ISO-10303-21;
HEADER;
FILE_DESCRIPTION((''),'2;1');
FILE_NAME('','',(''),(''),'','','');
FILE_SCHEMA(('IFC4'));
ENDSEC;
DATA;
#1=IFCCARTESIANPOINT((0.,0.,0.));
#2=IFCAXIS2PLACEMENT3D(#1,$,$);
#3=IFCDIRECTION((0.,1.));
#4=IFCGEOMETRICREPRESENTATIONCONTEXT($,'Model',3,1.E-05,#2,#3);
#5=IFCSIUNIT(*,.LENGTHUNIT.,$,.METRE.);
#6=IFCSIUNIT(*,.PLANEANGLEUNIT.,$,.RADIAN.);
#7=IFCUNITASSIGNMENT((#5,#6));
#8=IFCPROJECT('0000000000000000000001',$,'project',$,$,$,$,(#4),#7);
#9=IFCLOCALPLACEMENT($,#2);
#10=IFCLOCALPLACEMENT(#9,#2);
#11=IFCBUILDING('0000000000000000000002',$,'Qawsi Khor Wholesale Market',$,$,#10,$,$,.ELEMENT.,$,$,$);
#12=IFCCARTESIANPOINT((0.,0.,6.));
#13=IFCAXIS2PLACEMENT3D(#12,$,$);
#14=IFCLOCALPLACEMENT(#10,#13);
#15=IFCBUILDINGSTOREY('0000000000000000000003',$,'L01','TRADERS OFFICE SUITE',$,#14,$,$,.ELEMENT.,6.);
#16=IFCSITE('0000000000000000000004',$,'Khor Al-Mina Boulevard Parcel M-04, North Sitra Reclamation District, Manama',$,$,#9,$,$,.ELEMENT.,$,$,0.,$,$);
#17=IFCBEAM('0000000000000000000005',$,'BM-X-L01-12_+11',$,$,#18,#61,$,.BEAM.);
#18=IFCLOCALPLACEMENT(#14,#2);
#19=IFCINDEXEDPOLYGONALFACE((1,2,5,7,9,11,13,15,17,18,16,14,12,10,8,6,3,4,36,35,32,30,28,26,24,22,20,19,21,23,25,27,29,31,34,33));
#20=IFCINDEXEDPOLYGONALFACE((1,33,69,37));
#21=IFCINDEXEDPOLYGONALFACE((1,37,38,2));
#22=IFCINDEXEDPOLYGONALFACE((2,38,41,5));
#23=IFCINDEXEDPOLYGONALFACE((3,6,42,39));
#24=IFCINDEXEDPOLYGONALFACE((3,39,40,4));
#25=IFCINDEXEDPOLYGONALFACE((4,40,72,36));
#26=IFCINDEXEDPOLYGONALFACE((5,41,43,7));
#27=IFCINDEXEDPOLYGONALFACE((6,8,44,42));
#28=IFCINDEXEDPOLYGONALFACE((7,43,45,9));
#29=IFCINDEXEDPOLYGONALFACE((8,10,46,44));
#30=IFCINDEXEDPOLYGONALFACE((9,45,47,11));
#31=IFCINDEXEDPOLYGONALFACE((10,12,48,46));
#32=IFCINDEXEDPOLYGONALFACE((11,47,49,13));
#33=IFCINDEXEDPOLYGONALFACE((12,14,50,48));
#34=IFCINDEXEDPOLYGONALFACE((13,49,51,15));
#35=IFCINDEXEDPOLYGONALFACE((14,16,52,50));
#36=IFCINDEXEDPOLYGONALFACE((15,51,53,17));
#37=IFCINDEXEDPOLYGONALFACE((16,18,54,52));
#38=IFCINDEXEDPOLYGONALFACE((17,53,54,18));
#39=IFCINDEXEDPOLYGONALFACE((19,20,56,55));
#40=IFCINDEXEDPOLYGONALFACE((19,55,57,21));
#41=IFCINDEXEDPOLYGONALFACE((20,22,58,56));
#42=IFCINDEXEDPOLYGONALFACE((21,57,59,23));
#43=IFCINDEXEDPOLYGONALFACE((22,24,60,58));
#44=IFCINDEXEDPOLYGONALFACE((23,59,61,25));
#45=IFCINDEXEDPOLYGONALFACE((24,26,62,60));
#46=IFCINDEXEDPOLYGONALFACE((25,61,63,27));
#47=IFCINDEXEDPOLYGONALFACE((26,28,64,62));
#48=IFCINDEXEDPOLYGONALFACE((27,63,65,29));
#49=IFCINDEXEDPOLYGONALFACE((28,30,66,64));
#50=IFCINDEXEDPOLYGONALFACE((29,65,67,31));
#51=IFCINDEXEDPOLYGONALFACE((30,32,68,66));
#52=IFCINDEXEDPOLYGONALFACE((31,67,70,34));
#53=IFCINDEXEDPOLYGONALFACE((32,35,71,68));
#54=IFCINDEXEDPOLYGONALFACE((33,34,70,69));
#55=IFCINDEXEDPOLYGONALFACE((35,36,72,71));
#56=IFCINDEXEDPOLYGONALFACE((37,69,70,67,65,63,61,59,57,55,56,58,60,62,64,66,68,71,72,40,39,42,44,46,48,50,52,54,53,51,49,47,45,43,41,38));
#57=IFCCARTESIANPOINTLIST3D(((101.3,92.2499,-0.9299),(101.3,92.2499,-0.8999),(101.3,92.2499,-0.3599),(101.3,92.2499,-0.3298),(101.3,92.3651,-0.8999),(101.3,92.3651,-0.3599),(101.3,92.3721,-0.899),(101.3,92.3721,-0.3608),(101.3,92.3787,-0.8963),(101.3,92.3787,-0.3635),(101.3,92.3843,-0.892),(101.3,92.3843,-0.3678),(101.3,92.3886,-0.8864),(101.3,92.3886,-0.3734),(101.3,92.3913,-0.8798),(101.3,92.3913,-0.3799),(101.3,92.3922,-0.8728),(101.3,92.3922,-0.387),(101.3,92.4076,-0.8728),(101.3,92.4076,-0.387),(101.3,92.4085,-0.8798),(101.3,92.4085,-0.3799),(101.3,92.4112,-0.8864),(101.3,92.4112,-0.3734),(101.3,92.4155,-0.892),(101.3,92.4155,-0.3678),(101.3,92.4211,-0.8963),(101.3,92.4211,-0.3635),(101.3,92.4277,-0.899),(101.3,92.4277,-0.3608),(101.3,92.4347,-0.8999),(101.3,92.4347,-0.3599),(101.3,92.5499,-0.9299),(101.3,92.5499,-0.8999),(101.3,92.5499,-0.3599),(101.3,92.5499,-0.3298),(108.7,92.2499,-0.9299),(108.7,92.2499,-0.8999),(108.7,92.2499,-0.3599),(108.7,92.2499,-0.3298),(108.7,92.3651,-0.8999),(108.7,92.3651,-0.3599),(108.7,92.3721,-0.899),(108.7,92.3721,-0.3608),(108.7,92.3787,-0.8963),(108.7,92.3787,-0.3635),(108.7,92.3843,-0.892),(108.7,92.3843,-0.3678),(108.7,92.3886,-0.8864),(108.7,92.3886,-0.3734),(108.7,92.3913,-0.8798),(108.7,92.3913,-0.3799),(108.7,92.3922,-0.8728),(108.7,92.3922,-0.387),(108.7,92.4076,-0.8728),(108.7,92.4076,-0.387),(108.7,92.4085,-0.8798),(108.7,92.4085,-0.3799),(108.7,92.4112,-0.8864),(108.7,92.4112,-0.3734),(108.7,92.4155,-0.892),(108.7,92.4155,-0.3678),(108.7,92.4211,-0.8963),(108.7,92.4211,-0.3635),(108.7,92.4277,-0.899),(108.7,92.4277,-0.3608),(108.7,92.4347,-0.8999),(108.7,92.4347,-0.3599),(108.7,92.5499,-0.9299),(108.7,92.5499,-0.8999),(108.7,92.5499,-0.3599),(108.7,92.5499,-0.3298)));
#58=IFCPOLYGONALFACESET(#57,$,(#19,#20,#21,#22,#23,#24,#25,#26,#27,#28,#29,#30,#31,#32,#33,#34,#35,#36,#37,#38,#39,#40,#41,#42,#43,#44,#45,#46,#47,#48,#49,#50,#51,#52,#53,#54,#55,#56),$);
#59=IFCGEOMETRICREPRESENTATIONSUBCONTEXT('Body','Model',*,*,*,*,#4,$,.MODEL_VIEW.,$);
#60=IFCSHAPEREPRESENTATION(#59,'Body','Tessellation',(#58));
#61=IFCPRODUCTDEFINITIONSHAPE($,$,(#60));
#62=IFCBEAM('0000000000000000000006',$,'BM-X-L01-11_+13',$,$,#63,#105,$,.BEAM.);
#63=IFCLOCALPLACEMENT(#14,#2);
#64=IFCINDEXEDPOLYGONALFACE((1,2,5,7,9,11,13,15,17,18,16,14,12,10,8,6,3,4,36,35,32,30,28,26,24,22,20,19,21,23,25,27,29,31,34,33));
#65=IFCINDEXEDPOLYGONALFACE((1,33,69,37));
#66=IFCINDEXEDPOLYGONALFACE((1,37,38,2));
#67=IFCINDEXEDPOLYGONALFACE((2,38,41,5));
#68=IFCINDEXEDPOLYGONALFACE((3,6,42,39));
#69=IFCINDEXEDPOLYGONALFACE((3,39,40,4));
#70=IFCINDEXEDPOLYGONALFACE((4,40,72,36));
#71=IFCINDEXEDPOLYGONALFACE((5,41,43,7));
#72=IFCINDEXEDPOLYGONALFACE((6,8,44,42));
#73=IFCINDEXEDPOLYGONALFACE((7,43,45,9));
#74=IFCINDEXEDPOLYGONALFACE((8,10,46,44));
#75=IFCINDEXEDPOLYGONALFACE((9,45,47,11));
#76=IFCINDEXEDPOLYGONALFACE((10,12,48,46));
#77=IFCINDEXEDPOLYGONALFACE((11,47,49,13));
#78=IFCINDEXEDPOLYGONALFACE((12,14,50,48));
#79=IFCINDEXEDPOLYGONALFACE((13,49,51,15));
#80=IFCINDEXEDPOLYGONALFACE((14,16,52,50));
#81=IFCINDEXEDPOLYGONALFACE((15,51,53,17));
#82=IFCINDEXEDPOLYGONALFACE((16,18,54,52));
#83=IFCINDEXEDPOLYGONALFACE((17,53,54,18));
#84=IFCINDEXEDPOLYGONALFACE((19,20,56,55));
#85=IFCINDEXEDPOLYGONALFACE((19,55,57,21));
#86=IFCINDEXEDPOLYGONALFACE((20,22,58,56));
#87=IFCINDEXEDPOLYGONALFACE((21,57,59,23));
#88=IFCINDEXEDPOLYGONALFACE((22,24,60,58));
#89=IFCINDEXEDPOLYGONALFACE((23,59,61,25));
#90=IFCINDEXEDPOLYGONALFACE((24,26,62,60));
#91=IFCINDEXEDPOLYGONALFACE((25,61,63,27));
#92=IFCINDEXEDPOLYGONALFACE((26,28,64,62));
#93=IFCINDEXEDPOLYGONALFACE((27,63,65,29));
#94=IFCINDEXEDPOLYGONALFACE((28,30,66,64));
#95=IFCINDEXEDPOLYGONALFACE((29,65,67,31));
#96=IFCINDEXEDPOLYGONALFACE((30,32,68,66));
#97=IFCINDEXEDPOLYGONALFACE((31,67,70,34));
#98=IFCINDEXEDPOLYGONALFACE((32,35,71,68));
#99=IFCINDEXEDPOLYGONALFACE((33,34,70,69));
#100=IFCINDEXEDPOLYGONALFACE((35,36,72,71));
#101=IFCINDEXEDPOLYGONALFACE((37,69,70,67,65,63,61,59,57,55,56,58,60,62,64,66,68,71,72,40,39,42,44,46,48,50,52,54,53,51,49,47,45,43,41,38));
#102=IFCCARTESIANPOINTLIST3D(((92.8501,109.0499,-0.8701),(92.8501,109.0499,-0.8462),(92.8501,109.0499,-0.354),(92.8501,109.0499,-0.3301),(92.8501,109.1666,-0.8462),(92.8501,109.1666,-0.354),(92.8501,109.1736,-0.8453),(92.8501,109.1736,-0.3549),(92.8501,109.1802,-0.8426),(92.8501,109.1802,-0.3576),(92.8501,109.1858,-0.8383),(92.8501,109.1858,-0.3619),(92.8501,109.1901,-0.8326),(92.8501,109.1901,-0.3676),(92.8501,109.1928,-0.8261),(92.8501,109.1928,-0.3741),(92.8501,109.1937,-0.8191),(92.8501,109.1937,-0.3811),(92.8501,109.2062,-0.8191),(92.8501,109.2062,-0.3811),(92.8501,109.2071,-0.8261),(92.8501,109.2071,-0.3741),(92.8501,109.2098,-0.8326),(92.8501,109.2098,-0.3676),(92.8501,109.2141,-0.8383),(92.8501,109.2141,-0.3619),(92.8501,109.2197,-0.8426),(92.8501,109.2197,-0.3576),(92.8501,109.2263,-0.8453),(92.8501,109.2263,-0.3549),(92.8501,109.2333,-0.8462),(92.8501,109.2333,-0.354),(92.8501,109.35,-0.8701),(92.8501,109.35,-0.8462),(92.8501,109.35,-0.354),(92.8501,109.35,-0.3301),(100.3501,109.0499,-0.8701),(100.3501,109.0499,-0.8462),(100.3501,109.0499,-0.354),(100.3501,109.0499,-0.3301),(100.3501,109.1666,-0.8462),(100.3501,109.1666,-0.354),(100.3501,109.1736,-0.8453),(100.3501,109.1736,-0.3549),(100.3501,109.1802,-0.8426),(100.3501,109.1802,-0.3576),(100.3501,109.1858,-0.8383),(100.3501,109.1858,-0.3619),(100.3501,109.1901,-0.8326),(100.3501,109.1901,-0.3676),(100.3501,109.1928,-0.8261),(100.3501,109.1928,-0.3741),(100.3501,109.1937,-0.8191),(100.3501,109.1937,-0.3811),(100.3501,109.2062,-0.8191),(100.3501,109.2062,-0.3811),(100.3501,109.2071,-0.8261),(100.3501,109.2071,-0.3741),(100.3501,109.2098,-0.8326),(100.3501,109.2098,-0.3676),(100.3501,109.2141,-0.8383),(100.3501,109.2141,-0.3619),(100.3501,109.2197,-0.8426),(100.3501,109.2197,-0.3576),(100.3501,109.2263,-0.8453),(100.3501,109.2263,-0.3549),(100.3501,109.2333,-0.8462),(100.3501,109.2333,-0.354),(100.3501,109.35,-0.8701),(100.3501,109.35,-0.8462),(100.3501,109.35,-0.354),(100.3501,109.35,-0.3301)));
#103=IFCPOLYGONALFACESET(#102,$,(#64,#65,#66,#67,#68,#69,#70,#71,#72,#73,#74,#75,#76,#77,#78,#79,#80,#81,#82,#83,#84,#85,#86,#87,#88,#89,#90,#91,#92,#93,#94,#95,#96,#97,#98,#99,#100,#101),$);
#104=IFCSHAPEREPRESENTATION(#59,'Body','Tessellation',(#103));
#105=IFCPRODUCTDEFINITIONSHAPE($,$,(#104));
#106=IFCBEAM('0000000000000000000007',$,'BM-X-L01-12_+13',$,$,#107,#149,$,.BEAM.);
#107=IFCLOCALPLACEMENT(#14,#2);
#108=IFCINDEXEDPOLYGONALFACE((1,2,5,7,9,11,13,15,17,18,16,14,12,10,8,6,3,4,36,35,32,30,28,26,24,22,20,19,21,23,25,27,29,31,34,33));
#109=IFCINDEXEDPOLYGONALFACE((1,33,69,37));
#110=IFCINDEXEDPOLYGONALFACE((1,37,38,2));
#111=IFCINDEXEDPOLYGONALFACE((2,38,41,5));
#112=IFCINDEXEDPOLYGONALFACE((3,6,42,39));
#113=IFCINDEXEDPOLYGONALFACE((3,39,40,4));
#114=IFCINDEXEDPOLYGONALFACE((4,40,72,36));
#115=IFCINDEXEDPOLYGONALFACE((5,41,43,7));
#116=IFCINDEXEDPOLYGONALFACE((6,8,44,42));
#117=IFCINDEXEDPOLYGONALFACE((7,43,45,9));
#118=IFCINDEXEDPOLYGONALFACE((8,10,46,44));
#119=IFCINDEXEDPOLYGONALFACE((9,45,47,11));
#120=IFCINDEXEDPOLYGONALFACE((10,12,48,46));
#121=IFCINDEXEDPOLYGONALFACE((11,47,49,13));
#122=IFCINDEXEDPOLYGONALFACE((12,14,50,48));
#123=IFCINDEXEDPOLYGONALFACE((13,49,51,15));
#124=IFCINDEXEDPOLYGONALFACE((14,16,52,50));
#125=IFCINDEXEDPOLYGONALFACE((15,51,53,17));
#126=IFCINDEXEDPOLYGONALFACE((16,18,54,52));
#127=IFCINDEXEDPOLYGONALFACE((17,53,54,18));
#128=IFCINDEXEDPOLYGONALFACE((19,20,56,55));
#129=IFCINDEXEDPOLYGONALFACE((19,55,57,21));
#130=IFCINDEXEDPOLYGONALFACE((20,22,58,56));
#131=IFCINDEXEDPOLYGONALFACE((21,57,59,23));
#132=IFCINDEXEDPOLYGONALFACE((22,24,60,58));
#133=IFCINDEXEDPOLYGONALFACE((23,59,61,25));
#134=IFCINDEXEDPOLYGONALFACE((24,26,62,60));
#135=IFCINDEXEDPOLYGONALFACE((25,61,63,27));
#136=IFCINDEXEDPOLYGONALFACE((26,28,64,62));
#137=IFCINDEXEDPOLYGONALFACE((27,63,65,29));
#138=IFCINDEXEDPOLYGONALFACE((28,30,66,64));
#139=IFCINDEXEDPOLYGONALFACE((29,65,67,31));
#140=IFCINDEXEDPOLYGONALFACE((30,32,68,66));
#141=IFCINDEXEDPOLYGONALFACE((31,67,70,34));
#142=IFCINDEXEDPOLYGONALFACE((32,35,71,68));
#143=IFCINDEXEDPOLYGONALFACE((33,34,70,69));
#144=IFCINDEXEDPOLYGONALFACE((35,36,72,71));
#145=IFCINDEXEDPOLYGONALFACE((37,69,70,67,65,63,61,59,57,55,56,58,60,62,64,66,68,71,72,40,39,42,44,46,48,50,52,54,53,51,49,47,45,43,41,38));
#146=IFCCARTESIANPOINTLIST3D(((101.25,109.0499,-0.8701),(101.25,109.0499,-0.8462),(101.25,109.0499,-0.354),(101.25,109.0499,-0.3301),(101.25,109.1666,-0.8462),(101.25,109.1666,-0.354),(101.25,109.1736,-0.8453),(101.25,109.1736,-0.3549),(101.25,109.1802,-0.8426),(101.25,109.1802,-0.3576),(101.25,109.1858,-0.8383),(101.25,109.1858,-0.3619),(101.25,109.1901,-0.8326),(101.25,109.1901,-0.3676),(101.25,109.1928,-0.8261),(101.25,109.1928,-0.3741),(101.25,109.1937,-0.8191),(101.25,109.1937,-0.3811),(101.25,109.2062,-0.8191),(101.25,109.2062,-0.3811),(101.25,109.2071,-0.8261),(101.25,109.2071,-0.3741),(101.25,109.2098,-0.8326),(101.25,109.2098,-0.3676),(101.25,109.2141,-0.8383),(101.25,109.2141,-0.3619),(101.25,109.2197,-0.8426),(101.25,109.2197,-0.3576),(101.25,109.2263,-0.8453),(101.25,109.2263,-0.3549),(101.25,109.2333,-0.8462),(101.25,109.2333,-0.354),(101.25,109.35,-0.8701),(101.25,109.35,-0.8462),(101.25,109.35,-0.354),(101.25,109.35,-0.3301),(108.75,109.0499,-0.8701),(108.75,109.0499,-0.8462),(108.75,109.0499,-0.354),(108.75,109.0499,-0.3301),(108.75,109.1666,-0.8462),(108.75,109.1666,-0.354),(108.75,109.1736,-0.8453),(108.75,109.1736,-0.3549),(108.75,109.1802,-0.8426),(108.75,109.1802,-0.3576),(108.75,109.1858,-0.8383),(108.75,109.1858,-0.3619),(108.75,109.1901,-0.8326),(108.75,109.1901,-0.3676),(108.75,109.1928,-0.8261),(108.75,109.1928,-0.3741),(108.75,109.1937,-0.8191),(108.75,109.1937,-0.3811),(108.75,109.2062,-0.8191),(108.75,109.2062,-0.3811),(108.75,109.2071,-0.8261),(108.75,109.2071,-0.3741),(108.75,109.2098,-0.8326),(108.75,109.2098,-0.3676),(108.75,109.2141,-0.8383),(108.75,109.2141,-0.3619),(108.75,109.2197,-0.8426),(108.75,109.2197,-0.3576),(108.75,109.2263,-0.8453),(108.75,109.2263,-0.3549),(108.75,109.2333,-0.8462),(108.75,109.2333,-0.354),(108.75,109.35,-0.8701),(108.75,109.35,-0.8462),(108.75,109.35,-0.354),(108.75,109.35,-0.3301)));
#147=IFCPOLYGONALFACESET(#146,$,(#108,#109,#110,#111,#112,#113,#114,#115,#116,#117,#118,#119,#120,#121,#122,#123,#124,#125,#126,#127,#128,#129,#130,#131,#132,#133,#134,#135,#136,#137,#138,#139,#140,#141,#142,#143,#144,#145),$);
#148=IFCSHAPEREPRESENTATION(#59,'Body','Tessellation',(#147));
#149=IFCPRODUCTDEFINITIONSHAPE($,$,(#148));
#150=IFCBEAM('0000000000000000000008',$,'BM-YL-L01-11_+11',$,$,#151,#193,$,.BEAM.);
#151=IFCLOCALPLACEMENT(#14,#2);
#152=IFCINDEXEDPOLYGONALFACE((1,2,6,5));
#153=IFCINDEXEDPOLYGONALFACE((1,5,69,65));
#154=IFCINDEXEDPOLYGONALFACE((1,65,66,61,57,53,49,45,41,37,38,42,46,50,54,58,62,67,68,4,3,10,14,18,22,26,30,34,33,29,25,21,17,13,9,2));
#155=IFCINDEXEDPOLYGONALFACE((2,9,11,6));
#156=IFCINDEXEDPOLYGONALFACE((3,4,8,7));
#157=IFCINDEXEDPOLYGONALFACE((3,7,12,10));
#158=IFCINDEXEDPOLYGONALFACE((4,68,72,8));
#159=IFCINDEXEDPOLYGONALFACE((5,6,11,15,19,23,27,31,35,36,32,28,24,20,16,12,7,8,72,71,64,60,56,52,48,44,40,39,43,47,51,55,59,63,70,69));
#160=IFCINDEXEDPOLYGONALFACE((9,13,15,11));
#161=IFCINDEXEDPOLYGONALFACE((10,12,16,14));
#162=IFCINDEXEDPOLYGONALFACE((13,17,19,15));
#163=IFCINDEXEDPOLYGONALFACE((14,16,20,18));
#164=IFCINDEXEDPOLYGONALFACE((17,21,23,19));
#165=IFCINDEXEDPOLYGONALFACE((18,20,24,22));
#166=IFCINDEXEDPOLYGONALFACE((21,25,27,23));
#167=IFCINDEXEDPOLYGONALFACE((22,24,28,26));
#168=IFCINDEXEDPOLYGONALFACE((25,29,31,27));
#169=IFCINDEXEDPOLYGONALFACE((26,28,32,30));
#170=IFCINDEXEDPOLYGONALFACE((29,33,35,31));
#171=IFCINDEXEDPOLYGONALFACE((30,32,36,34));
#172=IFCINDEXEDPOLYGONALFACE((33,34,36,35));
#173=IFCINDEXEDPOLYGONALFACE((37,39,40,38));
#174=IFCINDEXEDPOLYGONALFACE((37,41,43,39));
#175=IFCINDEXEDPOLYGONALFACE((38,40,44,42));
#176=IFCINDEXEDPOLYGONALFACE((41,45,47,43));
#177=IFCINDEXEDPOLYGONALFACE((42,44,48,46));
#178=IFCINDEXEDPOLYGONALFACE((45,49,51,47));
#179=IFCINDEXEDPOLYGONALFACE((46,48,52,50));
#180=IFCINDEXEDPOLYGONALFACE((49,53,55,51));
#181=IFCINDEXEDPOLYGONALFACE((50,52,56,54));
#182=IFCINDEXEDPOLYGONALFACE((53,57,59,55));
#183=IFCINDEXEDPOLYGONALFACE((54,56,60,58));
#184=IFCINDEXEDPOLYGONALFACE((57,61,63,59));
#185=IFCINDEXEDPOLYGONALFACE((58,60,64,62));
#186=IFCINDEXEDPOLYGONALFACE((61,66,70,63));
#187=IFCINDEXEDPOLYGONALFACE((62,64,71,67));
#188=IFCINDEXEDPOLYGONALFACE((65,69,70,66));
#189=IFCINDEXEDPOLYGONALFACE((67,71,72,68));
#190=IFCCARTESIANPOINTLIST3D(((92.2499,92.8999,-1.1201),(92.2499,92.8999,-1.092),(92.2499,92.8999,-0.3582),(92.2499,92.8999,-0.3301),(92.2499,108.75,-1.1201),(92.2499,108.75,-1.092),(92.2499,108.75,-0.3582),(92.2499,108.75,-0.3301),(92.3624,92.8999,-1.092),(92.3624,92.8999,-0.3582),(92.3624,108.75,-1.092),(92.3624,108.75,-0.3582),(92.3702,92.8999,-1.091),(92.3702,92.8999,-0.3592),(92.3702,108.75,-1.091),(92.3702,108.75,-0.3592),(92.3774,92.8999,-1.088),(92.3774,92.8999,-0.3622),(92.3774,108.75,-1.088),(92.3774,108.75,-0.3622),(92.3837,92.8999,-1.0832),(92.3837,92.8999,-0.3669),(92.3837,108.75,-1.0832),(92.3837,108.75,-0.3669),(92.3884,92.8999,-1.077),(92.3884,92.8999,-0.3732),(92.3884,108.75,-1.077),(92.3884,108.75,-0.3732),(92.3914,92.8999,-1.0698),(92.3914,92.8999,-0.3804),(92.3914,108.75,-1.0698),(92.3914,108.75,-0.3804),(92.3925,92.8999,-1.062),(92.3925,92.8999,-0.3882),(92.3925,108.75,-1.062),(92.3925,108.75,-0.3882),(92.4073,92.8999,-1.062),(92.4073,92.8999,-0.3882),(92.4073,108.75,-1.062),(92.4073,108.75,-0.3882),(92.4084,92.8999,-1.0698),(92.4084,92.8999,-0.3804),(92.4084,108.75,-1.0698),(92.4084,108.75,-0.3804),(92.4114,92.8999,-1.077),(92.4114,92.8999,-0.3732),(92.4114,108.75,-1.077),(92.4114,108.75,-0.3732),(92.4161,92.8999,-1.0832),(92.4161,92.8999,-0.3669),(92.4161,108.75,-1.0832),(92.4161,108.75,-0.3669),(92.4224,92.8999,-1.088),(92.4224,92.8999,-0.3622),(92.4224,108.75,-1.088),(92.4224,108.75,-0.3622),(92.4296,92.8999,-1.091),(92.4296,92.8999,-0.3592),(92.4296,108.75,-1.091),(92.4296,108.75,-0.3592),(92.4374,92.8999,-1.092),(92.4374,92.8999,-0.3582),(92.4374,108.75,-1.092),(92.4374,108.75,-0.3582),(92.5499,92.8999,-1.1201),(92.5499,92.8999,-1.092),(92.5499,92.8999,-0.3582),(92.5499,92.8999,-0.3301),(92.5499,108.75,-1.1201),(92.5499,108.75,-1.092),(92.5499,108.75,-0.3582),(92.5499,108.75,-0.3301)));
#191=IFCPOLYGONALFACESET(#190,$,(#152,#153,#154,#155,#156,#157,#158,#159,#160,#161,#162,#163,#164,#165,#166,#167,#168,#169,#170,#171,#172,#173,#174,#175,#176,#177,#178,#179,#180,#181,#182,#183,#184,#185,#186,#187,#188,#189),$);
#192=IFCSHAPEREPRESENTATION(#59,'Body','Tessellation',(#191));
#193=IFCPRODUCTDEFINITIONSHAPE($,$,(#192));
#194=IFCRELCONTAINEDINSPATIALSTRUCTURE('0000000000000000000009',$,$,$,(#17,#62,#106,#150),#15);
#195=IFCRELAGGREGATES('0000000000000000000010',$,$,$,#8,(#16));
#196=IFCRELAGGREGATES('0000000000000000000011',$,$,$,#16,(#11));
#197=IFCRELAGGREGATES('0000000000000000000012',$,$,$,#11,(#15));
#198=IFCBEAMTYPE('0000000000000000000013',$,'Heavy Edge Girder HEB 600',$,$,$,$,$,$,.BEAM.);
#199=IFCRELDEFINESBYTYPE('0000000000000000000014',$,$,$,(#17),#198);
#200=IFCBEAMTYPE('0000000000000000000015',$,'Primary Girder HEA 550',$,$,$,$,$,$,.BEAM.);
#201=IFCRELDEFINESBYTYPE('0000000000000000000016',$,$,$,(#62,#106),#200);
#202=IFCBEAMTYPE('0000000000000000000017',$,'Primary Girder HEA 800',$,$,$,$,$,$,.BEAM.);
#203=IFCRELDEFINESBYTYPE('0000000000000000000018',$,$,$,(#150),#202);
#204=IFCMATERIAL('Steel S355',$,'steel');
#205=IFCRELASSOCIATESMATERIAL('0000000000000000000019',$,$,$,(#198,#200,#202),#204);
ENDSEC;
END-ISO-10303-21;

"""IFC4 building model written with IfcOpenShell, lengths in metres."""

from ifc_helpers import new_model, si_unit, direction, frame, origin, origin_2d, place, context, subcontext, project, spatial, i_section, extrude, material, material_profile, profile_set, type_object, element, save


model = new_model("IFC4")

# Units and contexts
model_context = context("Model", 3, precision=1e-05, world=origin(), true_north=direction((0.0, 1.0)))
body_context = subcontext(model_context, "Body", "Model", "MODEL_VIEW")
ifc_project = project(units=[si_unit("LENGTHUNIT", "METRE"), si_unit("PLANEANGLEUNIT", "RADIAN")], contexts=[model_context])

# Site, building, storey
site_placement = place(None, origin())
site = spatial("IfcSite", under=ifc_project, at=site_placement, Name="Khor Al-Mina Boulevard Parcel M-04, North Sitra Reclamation District, Manama", CompositionType="ELEMENT", RefElevation=0.0)
building_placement = place(site_placement, origin())
building = spatial("IfcBuilding", under=site, at=building_placement, Name="Qawsi Khor Wholesale Market", CompositionType="ELEMENT")
storey_placement = place(building_placement, frame((0.0, 0.0, 6.0)))
storey = spatial("IfcBuildingStorey", under=building, at=storey_placement, Name="L01", Description="TRADERS OFFICE SUITE", CompositionType="ELEMENT", Elevation=6.0)

# Beams
ifc_material_1 = material(Name="Steel S355", Category="steel")
ifc_material_profile_1 = material_profile(ifc_material_1, i_section(OverallWidth=0.3, OverallDepth=0.6001, WebThickness=0.0154, FlangeThickness=0.03, FilletRadius=0.0271, at=origin_2d()), Name="HEB 600")
ifc_profile_set_1 = profile_set([ifc_material_profile_1], Name="Steel S355")
beam_type_1 = type_object("IfcBeamType", Name="Heavy Edge Girder HEB 600", PredefinedType="BEAM", material=ifc_profile_set_1)
beam_1_placement = place(storey_placement, frame((101.3, 92.3999, -0.6299), z_axis=(1.0, 0.0, 0.0), x_axis=(0.0, 1.0, 0.0)))
element("IfcBeam", 1, at=beam_1_placement, inside=storey, type_object=beam_type_1, Name="BM-X-L01-12_+11", PredefinedType="BEAM", context=body_context, shape_type="SweptSolid", body=[
    extrude(i_section(OverallWidth=0.3, OverallDepth=0.6001, WebThickness=0.0154, FlangeThickness=0.03, FilletRadius=0.0271, at=origin_2d()), origin(), (0.0, 0.0, 1.0), 7.3999),
])
ifc_material_profile_2 = material_profile(ifc_material_1, i_section(OverallWidth=0.3, OverallDepth=0.54, WebThickness=0.0125, FlangeThickness=0.0239, FilletRadius=0.0271, at=origin_2d()), Name="HEA 550")
ifc_profile_set_2 = profile_set([ifc_material_profile_2], Name="Steel S355")
beam_type_2 = type_object("IfcBeamType", Name="Primary Girder HEA 550", PredefinedType="BEAM", material=ifc_profile_set_2)
for number, where, z_axis, x_axis, name in (
    (2, (92.8501, 109.2, -0.6001), (1.0, 0.0, 0.0), (0.0, 1.0, 0.0), "BM-X-L01-11_+13"),
    (3, (101.25, 109.2, -0.6001), (1.0, 0.0, 0.0), (0.0, 1.0, 0.0), "BM-X-L01-12_+13"),
):
    element("IfcBeam", number, at=place(storey_placement, frame(where, z_axis=z_axis, x_axis=x_axis)), inside=storey, type_object=beam_type_2, Name=name, PredefinedType="BEAM", context=body_context, shape_type="SweptSolid", body=[
        extrude(i_section(OverallWidth=0.3, OverallDepth=0.54, WebThickness=0.0125, FlangeThickness=0.0239, FilletRadius=0.0271, at=origin_2d()), origin(), (0.0, 0.0, 1.0), 7.5),
    ])
ifc_material_profile_3 = material_profile(ifc_material_1, i_section(OverallWidth=0.3, OverallDepth=0.79, WebThickness=0.0149, FlangeThickness=0.0281, FilletRadius=0.03, at=origin_2d()), Name="HEA 800")
ifc_profile_set_3 = profile_set([ifc_material_profile_3], Name="Steel S355")
beam_type_3 = type_object("IfcBeamType", Name="Primary Girder HEA 800", PredefinedType="BEAM", material=ifc_profile_set_3)
beam_2_placement = place(storey_placement, frame((92.3999, 92.8999, -0.7251), z_axis=(0.0, 1.0, 0.0), x_axis=(-1.0, 0.0, 0.0)))
element("IfcBeam", 4, at=beam_2_placement, inside=storey, type_object=beam_type_3, Name="BM-YL-L01-11_+11", PredefinedType="BEAM", context=body_context, shape_type="SweptSolid", body=[
    extrude(i_section(OverallWidth=0.3, OverallDepth=0.79, WebThickness=0.0149, FlangeThickness=0.0281, FilletRadius=0.03, at=origin_2d()), origin(), (0.0, 0.0, 1.0), 15.8501),
])

save(model, "model.ifc")
